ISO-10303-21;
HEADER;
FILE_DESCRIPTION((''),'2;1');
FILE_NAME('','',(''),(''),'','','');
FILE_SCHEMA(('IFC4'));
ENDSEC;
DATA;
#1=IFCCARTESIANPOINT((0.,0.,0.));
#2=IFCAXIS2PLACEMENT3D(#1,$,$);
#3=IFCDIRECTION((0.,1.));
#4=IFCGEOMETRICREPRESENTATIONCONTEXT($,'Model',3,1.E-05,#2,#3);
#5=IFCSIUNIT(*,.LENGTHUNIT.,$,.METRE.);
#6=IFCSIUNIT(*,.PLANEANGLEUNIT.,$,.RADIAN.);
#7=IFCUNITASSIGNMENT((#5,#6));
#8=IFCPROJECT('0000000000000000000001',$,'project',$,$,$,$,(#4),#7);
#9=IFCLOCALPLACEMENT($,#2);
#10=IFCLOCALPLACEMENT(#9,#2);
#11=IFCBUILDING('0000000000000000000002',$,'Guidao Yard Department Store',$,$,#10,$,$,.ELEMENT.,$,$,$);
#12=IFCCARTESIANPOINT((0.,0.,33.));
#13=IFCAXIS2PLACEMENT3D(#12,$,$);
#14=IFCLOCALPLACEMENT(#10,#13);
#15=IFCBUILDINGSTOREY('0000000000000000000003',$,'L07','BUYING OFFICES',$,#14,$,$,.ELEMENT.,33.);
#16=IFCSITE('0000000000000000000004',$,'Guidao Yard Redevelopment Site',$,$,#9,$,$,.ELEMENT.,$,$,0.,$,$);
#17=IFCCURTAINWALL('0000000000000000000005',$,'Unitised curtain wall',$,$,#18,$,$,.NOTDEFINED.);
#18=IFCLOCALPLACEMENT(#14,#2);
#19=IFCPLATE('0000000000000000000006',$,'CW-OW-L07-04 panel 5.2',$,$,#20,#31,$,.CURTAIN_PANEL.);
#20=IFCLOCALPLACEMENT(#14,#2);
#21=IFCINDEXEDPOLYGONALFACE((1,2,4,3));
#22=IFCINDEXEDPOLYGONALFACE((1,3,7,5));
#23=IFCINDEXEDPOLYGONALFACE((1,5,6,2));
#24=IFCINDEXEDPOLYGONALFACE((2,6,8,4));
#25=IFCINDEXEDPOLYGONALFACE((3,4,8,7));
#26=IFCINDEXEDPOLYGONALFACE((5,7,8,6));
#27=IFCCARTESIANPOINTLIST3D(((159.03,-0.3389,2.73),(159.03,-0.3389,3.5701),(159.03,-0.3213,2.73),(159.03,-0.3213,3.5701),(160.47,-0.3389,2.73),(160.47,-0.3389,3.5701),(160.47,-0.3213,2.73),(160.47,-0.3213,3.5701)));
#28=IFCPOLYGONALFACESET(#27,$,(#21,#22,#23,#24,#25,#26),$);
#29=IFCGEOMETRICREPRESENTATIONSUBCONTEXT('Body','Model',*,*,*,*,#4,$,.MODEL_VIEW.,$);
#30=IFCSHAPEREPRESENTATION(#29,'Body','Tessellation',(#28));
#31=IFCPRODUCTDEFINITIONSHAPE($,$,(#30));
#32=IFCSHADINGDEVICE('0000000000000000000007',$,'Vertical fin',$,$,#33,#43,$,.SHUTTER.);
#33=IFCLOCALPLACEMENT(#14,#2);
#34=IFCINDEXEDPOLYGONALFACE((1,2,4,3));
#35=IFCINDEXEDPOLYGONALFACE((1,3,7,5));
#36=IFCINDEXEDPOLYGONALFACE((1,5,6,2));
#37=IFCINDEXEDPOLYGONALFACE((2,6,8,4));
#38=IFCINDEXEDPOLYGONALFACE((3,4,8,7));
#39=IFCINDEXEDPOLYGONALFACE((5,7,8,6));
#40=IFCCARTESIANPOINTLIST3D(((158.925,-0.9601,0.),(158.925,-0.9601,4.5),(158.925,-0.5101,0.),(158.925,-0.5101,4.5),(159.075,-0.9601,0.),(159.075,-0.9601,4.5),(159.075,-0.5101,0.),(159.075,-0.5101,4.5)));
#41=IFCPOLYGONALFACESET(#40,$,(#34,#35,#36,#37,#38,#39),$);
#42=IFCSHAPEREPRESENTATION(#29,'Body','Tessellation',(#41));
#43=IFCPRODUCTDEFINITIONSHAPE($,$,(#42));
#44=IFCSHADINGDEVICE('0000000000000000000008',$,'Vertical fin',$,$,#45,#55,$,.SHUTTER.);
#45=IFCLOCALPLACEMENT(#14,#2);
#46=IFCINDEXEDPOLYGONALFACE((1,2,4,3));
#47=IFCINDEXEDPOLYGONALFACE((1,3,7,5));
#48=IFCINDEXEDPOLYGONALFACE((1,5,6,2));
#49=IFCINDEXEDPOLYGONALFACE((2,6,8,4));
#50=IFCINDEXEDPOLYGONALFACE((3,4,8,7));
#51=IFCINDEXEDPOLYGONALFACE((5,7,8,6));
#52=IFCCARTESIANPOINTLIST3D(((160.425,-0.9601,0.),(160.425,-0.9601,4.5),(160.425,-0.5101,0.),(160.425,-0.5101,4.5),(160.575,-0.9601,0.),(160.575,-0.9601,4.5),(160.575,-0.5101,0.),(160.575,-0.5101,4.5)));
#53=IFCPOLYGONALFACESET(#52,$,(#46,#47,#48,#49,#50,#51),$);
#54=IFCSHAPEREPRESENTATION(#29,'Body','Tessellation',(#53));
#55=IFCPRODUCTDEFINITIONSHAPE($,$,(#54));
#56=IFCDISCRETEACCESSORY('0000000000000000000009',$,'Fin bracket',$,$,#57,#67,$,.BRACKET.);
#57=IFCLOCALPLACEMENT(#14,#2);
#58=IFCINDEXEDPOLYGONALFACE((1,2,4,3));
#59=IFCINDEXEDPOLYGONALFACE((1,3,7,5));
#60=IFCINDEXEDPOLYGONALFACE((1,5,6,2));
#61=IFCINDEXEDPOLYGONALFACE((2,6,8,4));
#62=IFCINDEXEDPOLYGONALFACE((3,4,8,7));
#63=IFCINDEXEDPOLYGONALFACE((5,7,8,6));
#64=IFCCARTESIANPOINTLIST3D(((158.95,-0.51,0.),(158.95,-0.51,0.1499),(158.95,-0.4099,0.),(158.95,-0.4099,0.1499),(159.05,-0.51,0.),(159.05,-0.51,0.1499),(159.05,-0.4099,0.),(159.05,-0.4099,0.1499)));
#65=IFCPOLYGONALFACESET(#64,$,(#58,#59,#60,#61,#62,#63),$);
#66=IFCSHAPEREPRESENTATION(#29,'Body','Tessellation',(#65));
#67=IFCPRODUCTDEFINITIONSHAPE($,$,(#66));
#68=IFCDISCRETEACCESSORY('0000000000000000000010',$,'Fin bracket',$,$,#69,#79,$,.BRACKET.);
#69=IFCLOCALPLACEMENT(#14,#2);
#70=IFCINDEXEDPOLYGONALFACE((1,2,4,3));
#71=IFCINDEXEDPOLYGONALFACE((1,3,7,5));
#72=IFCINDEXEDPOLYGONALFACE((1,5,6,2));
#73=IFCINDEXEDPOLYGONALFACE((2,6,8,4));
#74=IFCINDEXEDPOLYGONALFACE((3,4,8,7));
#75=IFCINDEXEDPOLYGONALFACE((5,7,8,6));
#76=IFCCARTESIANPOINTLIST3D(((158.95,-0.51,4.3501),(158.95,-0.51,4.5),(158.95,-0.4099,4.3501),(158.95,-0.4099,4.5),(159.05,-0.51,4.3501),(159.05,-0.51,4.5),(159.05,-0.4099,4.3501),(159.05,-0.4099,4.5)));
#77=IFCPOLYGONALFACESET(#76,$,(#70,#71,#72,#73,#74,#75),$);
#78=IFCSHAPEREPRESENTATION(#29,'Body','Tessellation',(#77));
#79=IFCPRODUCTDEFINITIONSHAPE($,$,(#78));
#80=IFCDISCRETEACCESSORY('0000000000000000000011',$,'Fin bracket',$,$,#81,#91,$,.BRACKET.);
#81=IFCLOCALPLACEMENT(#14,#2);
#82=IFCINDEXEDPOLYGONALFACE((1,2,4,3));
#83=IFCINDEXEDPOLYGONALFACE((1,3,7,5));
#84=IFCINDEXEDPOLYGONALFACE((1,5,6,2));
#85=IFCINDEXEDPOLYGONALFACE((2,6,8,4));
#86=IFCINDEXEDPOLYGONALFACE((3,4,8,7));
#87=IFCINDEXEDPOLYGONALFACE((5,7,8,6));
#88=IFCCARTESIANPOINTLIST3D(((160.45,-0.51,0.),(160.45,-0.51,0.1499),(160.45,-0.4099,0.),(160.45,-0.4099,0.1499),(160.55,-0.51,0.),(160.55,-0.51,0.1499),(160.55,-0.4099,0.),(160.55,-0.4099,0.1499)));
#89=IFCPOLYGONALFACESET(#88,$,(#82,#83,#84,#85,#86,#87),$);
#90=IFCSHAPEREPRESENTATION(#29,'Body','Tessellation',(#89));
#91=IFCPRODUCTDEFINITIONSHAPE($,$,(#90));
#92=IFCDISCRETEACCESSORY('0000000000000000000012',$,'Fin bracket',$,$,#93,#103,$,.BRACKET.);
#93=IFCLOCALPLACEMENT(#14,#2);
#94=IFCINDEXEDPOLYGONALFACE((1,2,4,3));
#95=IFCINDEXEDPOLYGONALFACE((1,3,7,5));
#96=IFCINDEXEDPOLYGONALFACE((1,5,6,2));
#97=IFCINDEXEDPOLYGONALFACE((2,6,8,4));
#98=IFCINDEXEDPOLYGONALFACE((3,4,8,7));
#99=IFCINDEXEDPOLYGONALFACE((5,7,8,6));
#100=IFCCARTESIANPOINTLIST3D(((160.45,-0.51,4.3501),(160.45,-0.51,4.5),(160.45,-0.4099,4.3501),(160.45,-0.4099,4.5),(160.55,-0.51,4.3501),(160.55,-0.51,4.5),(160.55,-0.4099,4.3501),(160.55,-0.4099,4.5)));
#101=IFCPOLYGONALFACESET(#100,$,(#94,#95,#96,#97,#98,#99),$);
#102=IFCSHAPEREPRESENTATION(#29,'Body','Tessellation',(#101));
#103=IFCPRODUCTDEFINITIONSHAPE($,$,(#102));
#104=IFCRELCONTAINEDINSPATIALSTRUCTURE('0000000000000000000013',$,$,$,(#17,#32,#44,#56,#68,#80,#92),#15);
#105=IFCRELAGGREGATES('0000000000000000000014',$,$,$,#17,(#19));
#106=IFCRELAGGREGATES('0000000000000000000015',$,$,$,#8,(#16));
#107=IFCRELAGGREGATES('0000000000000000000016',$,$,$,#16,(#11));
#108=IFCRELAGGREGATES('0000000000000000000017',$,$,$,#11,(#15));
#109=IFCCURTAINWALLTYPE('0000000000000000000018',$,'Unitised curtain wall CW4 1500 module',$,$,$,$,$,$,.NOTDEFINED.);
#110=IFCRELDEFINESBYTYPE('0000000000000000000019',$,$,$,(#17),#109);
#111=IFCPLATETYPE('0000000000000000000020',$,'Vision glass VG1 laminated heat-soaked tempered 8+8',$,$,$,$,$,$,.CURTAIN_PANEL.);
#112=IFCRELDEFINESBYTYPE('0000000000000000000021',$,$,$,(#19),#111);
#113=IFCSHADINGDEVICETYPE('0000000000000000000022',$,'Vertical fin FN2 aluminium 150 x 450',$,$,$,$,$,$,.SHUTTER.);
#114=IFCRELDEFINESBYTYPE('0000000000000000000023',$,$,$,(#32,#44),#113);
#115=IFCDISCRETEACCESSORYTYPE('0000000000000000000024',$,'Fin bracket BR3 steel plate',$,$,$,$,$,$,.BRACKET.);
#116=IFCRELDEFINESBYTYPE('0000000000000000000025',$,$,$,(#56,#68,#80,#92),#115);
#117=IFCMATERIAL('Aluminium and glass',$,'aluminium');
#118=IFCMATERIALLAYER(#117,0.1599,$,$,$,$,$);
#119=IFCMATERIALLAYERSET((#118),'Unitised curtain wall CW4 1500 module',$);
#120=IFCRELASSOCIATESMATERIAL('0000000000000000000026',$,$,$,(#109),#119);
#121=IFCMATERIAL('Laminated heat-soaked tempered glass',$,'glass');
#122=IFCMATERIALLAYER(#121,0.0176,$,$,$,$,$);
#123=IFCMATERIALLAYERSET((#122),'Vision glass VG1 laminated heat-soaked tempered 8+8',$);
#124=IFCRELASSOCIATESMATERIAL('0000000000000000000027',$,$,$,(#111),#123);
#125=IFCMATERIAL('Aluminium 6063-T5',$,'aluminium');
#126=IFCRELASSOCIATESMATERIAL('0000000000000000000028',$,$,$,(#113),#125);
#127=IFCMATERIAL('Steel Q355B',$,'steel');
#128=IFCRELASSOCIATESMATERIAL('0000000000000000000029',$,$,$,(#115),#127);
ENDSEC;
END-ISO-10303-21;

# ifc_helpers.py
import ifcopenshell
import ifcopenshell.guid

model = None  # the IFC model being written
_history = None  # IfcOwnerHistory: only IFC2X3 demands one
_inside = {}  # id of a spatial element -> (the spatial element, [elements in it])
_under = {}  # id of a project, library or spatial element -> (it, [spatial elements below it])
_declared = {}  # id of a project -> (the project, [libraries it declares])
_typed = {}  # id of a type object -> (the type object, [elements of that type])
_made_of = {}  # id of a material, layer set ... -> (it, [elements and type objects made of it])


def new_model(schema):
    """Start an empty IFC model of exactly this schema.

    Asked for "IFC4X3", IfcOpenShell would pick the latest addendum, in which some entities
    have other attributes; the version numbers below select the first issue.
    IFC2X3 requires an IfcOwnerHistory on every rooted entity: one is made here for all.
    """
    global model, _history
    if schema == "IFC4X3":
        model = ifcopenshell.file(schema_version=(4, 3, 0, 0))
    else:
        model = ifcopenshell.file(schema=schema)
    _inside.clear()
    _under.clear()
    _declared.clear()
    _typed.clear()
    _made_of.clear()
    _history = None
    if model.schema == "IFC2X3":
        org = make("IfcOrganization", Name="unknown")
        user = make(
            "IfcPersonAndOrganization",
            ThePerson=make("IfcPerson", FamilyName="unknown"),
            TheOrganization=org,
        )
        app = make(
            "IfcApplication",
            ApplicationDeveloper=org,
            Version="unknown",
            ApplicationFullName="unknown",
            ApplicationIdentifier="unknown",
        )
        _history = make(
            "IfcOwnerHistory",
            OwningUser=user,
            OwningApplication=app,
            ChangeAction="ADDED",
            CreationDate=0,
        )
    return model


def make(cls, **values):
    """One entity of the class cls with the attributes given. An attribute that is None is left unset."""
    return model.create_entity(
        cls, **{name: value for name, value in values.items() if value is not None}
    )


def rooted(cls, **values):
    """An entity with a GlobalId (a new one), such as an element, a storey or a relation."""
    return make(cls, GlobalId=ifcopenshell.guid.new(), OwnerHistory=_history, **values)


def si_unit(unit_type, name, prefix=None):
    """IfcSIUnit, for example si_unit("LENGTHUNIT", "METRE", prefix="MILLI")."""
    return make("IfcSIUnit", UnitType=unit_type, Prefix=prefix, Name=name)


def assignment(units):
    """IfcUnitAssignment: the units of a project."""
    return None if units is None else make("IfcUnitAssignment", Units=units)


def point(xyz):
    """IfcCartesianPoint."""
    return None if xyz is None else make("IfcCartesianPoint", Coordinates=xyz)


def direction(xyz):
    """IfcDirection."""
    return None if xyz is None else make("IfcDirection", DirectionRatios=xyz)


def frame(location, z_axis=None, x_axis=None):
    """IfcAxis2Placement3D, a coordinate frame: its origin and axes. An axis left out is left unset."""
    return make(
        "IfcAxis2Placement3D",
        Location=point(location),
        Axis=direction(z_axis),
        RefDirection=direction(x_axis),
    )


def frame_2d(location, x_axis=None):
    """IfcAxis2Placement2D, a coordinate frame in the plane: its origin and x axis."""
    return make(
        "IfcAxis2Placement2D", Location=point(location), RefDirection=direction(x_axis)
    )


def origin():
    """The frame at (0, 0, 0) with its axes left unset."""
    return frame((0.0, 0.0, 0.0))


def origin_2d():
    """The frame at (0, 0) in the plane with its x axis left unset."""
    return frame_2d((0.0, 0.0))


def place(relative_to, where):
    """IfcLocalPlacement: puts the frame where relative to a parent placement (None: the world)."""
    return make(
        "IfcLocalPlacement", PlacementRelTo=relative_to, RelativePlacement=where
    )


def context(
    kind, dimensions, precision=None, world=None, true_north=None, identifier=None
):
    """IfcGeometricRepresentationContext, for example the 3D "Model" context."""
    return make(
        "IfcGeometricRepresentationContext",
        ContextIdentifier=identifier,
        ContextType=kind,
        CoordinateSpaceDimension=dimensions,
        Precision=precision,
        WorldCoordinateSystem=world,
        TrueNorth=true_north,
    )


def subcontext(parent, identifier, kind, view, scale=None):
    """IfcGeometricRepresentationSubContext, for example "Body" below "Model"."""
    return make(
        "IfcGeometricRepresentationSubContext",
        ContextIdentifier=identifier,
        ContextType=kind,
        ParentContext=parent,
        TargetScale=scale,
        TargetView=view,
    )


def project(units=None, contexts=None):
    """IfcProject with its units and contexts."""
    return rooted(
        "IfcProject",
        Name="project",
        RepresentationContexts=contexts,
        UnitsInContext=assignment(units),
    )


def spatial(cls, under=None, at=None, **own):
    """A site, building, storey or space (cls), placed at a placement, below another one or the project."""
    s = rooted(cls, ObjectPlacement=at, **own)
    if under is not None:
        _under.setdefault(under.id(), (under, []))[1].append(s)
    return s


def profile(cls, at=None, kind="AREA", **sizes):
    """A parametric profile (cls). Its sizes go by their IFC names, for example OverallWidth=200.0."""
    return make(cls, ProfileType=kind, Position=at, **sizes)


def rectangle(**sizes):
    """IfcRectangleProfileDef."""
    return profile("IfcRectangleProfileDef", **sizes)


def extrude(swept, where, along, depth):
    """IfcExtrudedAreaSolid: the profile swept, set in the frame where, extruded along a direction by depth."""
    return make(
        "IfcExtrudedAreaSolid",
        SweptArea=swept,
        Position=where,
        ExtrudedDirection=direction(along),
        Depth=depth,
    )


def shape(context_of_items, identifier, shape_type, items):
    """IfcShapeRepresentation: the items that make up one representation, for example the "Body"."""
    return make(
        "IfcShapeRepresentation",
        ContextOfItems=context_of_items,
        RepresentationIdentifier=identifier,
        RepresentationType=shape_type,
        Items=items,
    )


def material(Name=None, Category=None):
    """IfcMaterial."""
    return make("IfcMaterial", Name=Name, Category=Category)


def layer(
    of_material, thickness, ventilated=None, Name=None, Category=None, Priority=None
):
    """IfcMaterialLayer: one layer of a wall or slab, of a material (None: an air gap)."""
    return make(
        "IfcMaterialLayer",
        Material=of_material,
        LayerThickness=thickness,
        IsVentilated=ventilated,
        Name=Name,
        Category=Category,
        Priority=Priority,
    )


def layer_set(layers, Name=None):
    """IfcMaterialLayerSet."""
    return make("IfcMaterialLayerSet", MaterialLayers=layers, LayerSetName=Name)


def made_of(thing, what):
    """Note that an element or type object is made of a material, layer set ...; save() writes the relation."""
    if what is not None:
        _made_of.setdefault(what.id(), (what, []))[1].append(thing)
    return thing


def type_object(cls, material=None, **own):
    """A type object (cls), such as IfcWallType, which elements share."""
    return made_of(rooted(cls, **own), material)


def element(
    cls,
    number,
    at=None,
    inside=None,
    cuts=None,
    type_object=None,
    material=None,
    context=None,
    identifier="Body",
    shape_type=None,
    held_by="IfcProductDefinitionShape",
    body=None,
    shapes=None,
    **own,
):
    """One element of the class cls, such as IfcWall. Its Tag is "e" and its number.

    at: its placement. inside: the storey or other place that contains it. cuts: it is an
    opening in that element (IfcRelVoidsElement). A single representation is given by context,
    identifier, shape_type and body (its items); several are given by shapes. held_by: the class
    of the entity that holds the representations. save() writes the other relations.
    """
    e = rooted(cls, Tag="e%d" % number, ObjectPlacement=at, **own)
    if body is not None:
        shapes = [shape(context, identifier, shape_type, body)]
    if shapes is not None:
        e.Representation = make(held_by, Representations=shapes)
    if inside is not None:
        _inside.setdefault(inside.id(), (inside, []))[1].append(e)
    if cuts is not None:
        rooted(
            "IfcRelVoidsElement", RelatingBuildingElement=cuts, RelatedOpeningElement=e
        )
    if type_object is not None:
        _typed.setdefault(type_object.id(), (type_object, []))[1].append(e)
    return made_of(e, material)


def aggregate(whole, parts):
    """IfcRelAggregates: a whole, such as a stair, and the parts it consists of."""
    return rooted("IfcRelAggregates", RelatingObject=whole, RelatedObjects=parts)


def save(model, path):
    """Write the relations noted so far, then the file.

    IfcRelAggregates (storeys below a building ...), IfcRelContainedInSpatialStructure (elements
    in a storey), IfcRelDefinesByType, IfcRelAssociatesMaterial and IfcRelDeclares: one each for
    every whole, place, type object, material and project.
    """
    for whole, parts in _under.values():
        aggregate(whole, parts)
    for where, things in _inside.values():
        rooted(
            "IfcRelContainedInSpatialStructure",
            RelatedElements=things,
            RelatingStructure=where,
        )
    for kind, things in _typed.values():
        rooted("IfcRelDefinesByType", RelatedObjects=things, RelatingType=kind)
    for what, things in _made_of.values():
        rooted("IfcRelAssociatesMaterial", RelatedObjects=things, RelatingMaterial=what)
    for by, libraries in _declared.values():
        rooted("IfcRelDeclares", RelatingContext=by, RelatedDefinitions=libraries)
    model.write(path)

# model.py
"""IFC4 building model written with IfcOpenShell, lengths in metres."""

from ifc_helpers import new_model, si_unit, direction, frame, origin, origin_2d, place, context, subcontext, project, spatial, rectangle, extrude, material, layer, layer_set, type_object, element, aggregate, save


model = new_model("IFC4")

# Units and contexts
model_context = context("Model", 3, precision=1e-05, world=origin(), true_north=direction((0.0, 1.0)))
body_context = subcontext(model_context, "Body", "Model", "MODEL_VIEW")
ifc_project = project(units=[si_unit("LENGTHUNIT", "METRE"), si_unit("PLANEANGLEUNIT", "RADIAN")], contexts=[model_context])

# Site, building, storey
site_placement = place(None, origin())
site = spatial("IfcSite", under=ifc_project, at=site_placement, Name="Guidao Yard Redevelopment Site", CompositionType="ELEMENT", RefElevation=0.0)
building_placement = place(site_placement, origin())
building = spatial("IfcBuilding", under=site, at=building_placement, Name="Guidao Yard Department Store", CompositionType="ELEMENT")
storey_placement = place(building_placement, frame((0.0, 0.0, 33.0)))
storey = spatial("IfcBuildingStorey", under=building, at=storey_placement, Name="L07", Description="BUYING OFFICES", CompositionType="ELEMENT", Elevation=33.0)

# Curtain wall, plate
ifc_material_1 = material(Name="Aluminium and glass", Category="aluminium")
ifc_layer_1 = layer(ifc_material_1, 0.1599)
ifc_layer_set_1 = layer_set([ifc_layer_1], Name="Unitised curtain wall CW4 1500 module")
curtain_wall_type = type_object("IfcCurtainWallType", Name="Unitised curtain wall CW4 1500 module", PredefinedType="NOTDEFINED", material=ifc_layer_set_1)
curtain_wall_placement = place(storey_placement, origin())
curtain_wall = element("IfcCurtainWall", 1, at=curtain_wall_placement, inside=storey, type_object=curtain_wall_type, Name="Unitised curtain wall", PredefinedType="NOTDEFINED")
ifc_material_2 = material(Name="Laminated heat-soaked tempered glass", Category="glass")
ifc_layer_2 = layer(ifc_material_2, 0.0176)
ifc_layer_set_2 = layer_set([ifc_layer_2], Name="Vision glass VG1 laminated heat-soaked tempered 8+8")
plate_type_1 = type_object("IfcPlateType", Name="Vision glass VG1 laminated heat-soaked tempered 8+8", PredefinedType="CURTAIN_PANEL", material=ifc_layer_set_2)
plate_1_placement = place(storey_placement, frame((159.75, -0.3301, 2.73), z_axis=(0.0, 0.0, 1.0), x_axis=(-1.0, 0.0, 0.0)))
plate_1 = element("IfcPlate", 2, at=plate_1_placement, type_object=plate_type_1, Name="CW-OW-L07-04 panel 5.2", PredefinedType="CURTAIN_PANEL", context=body_context, shape_type="SweptSolid", body=[
    extrude(rectangle(XDim=1.4399, YDim=0.0176, at=origin_2d()), origin(), (0.0, 0.0, 1.0), 0.8401),
])
aggregate(curtain_wall, [plate_1])

# Shading devices
ifc_material_3 = material(Name="Aluminium 6063-T5", Category="aluminium")
shading_device_type = type_object("IfcShadingDeviceType", Name="Vertical fin FN2 aluminium 150 x 450", PredefinedType="SHUTTER", material=ifc_material_3)
for number, where, z_axis, x_axis, name in (
    (3, (159.0, -0.7351, 0.0), (0.0, 0.0, 1.0), (-1.0, 0.0, 0.0), "Vertical fin"),
    (4, (160.5, -0.7351, 0.0), (0.0, 0.0, 1.0), (-1.0, 0.0, 0.0), "Vertical fin"),
):
    element("IfcShadingDevice", number, at=place(storey_placement, frame(where, z_axis=z_axis, x_axis=x_axis)), inside=storey, type_object=shading_device_type, Name=name, PredefinedType="SHUTTER", context=body_context, shape_type="SweptSolid", body=[
        extrude(rectangle(XDim=0.1499, YDim=0.45, at=origin_2d()), origin(), (0.0, 0.0, 1.0), 4.5),
    ])

# Discrete accessories
ifc_material_4 = material(Name="Steel Q355B", Category="steel")
discrete_accessory_type = type_object("IfcDiscreteAccessoryType", Name="Fin bracket BR3 steel plate", PredefinedType="BRACKET", material=ifc_material_4)
for number, where, z_axis, x_axis, name in (
    (5, (159.0, -0.46, 0.0), (0.0, 0.0, 1.0), (-1.0, 0.0, 0.0), "Fin bracket"),
    (6, (159.0, -0.46, 4.3501), (0.0, 0.0, 1.0), (-1.0, 0.0, 0.0), "Fin bracket"),
    (7, (160.5, -0.46, 0.0), (0.0, 0.0, 1.0), (-1.0, 0.0, 0.0), "Fin bracket"),
    (8, (160.5, -0.46, 4.3501), (0.0, 0.0, 1.0), (-1.0, 0.0, 0.0), "Fin bracket"),
):
    element("IfcDiscreteAccessory", number, at=place(storey_placement, frame(where, z_axis=z_axis, x_axis=x_axis)), inside=storey, type_object=discrete_accessory_type, Name=name, PredefinedType="BRACKET", context=body_context, shape_type="SweptSolid", body=[
        extrude(rectangle(XDim=0.1001, YDim=0.1001, at=origin_2d()), origin(), (0.0, 0.0, 1.0), 0.1499),
    ])

save(model, "model.ifc")
